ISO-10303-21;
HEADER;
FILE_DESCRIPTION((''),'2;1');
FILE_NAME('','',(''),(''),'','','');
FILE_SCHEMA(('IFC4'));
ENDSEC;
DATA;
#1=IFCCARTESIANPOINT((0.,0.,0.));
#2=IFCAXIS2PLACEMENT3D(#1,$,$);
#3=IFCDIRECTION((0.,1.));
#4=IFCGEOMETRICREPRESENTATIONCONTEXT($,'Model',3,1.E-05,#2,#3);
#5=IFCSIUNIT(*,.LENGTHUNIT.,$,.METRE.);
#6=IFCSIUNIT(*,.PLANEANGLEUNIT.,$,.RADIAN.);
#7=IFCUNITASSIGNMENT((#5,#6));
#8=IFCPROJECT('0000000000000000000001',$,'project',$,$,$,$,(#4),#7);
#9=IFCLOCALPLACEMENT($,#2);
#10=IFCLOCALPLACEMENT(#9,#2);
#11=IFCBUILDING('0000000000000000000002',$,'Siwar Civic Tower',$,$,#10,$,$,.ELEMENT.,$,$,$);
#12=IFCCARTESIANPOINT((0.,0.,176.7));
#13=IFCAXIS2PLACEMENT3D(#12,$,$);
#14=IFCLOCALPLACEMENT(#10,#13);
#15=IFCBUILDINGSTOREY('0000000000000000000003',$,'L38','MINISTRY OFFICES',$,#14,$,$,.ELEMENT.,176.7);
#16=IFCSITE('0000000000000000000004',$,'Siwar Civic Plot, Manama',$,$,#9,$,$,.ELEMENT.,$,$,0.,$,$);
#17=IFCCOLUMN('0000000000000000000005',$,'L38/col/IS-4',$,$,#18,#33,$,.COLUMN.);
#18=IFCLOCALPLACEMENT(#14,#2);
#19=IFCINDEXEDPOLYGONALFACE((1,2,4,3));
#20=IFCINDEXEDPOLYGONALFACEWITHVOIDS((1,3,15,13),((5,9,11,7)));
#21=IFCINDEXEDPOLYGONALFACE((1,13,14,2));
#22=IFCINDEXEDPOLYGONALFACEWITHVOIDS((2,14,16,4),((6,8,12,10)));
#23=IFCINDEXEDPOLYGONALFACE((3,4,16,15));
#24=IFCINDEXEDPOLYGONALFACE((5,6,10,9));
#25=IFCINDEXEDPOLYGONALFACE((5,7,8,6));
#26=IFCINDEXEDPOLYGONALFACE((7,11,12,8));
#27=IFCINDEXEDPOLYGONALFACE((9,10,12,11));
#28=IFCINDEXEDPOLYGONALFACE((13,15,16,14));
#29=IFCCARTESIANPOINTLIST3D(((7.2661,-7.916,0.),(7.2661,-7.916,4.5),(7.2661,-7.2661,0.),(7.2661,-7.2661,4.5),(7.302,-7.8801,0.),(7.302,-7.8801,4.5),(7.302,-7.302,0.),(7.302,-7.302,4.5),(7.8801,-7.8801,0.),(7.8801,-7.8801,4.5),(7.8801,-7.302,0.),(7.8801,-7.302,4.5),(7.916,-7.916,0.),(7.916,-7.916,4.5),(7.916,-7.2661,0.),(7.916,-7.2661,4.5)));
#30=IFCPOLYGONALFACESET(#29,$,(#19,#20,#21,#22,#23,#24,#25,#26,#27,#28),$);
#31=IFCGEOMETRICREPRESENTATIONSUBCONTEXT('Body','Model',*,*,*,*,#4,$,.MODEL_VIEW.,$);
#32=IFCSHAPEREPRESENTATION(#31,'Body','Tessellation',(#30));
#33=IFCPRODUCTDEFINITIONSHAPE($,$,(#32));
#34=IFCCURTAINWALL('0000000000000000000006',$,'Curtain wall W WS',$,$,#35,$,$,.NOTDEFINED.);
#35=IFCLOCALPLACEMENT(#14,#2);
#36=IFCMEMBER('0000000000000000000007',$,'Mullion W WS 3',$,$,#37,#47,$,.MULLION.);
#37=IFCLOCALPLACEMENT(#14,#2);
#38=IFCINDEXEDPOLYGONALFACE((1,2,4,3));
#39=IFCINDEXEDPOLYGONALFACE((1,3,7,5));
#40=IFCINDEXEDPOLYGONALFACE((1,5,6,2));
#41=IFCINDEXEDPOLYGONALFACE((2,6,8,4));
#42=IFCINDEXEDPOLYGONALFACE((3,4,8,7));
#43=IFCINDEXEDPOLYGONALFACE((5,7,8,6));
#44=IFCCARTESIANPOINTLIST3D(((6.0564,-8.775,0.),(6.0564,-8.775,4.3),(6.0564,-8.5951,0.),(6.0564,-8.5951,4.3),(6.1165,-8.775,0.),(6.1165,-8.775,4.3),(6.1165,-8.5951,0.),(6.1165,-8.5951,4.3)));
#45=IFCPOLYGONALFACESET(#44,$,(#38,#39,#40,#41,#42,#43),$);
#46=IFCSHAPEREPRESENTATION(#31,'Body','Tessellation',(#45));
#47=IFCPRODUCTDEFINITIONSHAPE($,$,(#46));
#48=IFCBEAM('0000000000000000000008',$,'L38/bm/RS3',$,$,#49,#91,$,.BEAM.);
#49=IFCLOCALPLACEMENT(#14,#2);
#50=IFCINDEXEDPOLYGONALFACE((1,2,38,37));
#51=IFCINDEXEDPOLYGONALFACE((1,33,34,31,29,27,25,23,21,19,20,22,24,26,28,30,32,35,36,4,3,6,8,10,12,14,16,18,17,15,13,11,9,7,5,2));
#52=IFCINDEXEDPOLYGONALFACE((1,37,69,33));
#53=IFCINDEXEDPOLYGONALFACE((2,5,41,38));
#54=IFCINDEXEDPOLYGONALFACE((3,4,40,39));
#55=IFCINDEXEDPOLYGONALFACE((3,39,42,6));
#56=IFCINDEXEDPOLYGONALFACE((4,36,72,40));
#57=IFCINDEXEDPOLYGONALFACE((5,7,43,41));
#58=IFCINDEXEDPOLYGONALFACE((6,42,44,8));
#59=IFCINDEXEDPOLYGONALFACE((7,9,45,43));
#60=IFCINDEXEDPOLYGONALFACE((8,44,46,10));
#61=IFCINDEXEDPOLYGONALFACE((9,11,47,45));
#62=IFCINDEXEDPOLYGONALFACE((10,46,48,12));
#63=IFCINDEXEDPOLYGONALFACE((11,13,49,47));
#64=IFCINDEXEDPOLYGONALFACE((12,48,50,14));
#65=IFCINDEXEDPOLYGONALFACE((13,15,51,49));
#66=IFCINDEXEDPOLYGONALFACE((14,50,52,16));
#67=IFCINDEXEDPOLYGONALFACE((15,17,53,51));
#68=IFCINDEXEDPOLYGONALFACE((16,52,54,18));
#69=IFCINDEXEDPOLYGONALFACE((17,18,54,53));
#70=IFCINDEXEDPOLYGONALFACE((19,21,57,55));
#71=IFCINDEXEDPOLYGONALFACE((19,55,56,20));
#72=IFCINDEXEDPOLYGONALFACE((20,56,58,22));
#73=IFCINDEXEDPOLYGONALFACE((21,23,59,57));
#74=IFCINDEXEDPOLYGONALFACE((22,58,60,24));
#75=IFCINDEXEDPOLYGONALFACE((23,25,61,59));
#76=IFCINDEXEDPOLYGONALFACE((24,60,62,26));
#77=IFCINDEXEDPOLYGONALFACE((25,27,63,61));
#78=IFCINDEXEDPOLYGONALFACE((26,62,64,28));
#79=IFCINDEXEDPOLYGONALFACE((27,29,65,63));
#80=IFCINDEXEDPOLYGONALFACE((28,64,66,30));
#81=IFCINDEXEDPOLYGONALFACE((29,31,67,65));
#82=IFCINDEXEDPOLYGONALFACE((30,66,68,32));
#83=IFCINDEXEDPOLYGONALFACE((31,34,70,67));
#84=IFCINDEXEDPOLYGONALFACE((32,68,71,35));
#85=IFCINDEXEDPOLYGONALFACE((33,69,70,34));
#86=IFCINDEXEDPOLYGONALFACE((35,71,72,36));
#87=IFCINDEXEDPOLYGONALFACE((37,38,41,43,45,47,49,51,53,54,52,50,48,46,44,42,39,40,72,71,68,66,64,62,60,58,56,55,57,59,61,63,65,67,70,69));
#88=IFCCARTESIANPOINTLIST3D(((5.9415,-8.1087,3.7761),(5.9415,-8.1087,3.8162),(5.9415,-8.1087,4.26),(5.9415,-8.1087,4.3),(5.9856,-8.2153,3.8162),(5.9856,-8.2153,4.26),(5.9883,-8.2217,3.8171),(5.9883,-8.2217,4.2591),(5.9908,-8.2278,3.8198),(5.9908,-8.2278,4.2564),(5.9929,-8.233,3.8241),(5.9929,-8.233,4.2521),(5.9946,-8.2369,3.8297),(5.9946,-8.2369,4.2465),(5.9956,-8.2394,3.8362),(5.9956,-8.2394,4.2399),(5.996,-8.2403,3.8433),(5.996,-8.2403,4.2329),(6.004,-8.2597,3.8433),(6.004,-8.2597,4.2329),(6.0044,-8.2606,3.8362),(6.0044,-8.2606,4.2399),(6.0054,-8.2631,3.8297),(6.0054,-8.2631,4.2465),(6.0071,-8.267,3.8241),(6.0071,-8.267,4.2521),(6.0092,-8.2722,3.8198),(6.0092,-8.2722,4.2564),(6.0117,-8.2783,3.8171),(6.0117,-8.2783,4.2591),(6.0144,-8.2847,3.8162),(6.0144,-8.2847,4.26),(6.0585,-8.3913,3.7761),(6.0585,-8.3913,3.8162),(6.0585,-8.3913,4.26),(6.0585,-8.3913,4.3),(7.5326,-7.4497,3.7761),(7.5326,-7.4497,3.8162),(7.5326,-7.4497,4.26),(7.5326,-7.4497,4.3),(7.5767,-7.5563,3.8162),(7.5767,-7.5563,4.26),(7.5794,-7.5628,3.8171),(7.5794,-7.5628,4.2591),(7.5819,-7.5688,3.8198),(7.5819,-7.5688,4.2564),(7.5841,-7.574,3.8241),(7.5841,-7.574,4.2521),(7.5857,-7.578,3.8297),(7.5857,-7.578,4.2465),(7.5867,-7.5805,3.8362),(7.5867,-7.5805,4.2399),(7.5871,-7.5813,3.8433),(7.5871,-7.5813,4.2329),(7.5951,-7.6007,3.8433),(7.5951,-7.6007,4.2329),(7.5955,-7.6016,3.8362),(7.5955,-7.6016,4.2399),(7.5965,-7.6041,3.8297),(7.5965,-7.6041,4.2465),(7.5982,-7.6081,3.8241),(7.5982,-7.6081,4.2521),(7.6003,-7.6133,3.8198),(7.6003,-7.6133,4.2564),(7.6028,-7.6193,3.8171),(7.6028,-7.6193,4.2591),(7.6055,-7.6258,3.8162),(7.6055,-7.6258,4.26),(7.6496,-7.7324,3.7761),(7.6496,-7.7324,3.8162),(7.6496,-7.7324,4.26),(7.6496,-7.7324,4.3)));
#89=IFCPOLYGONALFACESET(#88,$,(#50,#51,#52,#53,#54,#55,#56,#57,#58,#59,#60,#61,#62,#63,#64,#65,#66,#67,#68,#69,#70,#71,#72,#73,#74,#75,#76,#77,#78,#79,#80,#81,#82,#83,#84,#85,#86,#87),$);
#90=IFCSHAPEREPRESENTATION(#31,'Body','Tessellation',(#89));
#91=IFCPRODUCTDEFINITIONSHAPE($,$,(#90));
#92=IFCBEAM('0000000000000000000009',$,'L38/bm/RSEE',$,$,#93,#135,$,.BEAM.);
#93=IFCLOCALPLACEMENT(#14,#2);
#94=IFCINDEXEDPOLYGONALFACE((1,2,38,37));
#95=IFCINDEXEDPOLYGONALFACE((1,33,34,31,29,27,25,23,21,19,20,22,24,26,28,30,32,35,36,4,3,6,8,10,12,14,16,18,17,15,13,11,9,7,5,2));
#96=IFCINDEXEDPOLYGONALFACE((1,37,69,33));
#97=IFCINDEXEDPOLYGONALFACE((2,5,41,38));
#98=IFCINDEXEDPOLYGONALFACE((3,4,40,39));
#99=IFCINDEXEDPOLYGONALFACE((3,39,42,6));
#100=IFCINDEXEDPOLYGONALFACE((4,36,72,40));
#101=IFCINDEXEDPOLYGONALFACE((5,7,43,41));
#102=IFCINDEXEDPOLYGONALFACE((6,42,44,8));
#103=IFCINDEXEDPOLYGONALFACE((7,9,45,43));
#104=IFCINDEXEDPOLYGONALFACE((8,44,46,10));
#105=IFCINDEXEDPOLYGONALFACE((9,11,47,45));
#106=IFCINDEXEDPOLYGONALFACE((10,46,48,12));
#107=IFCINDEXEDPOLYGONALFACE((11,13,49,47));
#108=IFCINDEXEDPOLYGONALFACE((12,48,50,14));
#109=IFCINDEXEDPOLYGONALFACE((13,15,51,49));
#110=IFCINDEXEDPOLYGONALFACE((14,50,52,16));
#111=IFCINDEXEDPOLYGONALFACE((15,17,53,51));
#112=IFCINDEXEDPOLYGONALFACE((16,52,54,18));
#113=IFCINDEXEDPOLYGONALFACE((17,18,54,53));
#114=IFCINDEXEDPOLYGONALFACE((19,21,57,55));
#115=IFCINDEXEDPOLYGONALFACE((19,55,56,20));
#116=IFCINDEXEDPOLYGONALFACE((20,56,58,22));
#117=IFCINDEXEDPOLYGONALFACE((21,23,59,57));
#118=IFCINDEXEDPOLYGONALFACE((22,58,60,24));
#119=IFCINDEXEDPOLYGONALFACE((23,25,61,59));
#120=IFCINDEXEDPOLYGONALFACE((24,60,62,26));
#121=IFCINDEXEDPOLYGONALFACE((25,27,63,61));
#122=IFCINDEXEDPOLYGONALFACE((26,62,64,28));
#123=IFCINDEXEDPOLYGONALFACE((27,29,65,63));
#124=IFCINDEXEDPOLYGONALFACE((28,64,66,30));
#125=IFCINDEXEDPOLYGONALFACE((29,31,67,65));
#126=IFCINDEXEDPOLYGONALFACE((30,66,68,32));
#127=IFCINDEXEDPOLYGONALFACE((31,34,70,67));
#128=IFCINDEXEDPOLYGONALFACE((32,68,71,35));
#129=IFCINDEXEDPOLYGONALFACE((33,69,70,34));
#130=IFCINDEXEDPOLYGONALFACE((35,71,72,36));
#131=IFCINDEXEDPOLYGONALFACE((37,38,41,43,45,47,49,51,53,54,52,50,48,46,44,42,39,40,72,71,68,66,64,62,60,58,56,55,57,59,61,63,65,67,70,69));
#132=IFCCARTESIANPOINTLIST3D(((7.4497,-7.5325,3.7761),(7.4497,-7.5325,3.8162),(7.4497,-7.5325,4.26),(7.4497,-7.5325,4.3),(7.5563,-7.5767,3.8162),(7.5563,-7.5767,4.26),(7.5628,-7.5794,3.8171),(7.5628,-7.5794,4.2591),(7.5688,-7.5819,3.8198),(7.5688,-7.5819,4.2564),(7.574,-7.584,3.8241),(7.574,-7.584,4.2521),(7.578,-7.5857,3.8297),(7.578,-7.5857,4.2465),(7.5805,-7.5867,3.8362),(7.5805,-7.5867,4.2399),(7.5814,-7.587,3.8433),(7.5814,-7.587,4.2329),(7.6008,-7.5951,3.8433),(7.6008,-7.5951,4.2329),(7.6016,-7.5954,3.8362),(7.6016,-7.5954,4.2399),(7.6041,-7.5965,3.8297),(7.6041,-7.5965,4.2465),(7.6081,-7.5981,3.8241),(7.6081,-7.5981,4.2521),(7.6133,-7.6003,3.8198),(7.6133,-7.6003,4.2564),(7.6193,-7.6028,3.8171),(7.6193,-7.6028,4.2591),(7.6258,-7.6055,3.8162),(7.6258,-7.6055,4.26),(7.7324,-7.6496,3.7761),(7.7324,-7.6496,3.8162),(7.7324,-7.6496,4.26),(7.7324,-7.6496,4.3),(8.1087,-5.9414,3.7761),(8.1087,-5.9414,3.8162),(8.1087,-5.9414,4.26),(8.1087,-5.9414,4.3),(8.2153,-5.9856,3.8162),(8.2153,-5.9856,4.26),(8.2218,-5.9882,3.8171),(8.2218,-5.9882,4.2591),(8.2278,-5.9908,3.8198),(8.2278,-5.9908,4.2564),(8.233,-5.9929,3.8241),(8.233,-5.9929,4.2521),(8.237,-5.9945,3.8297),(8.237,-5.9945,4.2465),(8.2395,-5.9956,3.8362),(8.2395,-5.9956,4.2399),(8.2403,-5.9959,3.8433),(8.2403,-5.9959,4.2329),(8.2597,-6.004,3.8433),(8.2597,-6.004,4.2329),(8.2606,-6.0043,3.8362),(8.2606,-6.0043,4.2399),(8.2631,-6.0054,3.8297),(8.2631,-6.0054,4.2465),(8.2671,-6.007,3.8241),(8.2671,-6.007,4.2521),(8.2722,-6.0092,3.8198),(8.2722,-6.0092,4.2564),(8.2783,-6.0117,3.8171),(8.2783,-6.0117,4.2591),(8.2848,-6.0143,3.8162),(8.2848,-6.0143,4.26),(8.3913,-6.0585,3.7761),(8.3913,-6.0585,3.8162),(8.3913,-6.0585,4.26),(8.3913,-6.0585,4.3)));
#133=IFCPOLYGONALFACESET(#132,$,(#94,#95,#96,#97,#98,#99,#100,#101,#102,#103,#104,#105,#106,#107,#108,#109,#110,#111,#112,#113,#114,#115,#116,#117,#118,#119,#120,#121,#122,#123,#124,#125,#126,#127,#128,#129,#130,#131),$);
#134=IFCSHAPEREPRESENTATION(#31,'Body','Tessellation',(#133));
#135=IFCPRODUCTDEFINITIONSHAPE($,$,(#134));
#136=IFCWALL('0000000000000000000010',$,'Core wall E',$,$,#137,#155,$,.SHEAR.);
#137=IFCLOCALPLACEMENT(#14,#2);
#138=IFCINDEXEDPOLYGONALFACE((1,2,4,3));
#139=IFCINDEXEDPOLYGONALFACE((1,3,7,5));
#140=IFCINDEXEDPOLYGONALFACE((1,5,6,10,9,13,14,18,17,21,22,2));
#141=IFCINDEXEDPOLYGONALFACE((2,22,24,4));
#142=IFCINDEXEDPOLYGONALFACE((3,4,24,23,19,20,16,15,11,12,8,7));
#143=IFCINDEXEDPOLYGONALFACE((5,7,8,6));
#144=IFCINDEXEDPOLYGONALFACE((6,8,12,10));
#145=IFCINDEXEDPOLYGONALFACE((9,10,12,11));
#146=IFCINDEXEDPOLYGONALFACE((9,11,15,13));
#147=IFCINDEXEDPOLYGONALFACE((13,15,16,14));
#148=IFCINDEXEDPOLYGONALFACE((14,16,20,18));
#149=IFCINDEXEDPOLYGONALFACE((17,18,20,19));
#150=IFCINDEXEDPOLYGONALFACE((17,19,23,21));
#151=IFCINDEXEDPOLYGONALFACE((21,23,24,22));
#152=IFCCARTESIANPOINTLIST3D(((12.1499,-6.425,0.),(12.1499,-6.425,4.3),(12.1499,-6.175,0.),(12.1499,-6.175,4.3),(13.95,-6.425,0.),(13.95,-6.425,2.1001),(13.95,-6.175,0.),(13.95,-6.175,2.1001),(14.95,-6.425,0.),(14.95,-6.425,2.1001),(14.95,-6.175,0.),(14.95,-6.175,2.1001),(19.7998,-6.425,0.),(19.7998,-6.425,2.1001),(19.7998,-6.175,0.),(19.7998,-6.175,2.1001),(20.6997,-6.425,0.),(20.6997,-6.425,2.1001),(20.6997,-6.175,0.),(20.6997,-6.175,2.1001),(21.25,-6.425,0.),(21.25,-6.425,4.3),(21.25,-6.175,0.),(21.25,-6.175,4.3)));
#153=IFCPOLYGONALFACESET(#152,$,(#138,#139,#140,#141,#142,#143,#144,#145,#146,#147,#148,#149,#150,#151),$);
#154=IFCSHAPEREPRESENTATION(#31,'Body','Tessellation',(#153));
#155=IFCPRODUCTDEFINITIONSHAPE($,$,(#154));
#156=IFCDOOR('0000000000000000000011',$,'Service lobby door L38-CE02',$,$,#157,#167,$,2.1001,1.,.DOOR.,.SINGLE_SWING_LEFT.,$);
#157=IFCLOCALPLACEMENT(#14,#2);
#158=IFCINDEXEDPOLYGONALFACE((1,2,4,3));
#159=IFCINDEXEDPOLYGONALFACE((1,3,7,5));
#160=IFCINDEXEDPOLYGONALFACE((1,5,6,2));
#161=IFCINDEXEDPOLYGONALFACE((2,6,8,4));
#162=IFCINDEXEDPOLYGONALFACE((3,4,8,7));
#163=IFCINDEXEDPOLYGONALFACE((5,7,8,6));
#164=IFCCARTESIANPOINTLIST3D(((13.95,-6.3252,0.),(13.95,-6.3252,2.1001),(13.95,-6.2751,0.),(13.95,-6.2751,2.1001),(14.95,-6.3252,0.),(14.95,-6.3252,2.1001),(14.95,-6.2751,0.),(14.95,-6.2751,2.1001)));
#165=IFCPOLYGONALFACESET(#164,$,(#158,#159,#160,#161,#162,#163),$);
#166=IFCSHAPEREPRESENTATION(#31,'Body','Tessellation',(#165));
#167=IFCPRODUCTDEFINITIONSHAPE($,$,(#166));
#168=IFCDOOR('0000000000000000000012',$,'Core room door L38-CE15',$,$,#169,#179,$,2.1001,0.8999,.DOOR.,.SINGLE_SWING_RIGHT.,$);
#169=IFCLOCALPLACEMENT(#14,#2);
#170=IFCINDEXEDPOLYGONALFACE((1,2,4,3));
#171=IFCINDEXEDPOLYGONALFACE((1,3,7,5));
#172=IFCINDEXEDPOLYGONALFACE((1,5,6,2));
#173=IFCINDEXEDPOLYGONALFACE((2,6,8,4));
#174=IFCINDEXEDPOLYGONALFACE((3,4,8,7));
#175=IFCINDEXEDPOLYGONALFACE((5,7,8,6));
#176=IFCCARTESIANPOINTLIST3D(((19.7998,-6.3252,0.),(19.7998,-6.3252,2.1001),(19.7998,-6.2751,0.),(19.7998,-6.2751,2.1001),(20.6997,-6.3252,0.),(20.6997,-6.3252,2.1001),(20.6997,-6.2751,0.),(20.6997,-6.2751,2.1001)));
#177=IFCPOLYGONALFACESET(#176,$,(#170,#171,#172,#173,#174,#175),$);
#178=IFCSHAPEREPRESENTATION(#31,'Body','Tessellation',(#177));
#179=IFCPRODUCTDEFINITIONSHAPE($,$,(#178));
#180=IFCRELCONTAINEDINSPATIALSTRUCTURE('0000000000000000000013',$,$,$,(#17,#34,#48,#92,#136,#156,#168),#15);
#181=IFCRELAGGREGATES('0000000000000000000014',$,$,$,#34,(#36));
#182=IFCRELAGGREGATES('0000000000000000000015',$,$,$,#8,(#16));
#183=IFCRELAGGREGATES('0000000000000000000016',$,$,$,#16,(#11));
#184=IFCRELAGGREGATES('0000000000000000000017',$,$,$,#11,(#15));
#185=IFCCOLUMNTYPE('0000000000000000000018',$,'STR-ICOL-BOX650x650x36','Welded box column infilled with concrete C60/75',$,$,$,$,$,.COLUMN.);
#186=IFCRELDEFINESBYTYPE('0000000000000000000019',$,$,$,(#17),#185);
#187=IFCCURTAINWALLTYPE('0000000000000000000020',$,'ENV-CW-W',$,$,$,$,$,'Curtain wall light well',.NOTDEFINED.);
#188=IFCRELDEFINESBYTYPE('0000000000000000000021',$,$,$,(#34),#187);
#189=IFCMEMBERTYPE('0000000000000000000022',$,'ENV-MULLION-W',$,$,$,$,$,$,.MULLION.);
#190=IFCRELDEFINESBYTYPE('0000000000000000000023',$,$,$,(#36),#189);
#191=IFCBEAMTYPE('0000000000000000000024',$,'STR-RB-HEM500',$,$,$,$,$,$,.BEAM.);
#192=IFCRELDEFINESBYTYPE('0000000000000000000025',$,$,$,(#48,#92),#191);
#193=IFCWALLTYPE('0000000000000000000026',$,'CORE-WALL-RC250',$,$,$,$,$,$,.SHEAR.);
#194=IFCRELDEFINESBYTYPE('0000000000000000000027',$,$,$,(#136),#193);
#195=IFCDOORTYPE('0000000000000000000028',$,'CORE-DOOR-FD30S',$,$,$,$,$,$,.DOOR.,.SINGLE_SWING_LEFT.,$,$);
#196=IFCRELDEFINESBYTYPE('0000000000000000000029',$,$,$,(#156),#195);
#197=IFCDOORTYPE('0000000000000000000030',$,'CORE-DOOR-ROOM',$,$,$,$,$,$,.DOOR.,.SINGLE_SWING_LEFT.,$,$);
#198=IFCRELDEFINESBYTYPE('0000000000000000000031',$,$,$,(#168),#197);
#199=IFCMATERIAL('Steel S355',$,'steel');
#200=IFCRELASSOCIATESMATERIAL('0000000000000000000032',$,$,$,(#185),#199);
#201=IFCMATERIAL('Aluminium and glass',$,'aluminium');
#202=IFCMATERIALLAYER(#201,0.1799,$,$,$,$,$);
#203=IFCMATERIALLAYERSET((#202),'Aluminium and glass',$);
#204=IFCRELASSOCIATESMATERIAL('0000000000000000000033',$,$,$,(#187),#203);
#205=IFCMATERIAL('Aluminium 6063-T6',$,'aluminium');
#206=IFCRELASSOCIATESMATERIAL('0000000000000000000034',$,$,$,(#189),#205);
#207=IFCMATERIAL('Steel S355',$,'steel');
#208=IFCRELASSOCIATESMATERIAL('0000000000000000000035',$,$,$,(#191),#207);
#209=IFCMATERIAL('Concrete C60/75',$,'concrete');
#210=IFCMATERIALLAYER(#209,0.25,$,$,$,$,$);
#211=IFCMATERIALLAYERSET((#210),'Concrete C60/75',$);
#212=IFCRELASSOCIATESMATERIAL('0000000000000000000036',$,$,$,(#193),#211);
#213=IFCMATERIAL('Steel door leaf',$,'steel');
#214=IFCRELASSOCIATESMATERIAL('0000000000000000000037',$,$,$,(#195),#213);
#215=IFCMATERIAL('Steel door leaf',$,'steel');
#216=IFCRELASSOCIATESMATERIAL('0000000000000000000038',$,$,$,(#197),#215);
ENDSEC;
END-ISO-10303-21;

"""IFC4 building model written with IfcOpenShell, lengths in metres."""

from ifc_helpers import new_model, si_unit, direction, frame, frame_2d, origin, origin_2d, place, context, subcontext, project, spatial, rectangle, hollow_rectangle, i_section, extrude, material, layer, layer_set, material_profile, profile_set, type_object, element, fill, aggregate, save


model = new_model("IFC4")

# Units and contexts
model_context = context("Model", 3, precision=1e-05, world=origin(), true_north=direction((0.0, 1.0)))
body_context = subcontext(model_context, "Body", "Model", "MODEL_VIEW")
ifc_project = project(units=[si_unit("LENGTHUNIT", "METRE"), si_unit("PLANEANGLEUNIT", "RADIAN")], contexts=[model_context])

# Site, building, storey
site_placement = place(None, origin())
site = spatial("IfcSite", under=ifc_project, at=site_placement, Name="Siwar Civic Plot, Manama", CompositionType="ELEMENT", RefElevation=0.0)
building_placement = place(site_placement, origin())
building = spatial("IfcBuilding", under=site, at=building_placement, Name="Siwar Civic Tower", CompositionType="ELEMENT")
storey_placement = place(building_placement, frame((0.0, 0.0, 176.7)))
storey = spatial("IfcBuildingStorey", under=building, at=storey_placement, Name="L38", Description="MINISTRY OFFICES", CompositionType="ELEMENT", Elevation=176.7)

# Column
ifc_material_1 = material(Name="Steel S355", Category="steel")
ifc_material_profile_1 = material_profile(ifc_material_1, hollow_rectangle(XDim=0.6499, YDim=0.6499, WallThickness=0.0359, at=origin_2d()), Name="BOX650x650x36")
ifc_profile_set_1 = profile_set([ifc_material_profile_1], Name="Steel S355")
column_type = type_object("IfcColumnType", Name="STR-ICOL-BOX650x650x36", Description="Welded box column infilled with concrete C60/75", PredefinedType="COLUMN", material=ifc_profile_set_1)
column_placement = place(storey_placement, frame((7.5911, -7.5911, 0.0), z_axis=(0.0, 0.0, 1.0), x_axis=(1.0, 0.0, 0.0)))
element("IfcColumn", 1, at=column_placement, inside=storey, type_object=column_type, Name="L38/col/IS-4", PredefinedType="COLUMN", context=body_context, shape_type="SweptSolid", body=[
    extrude(hollow_rectangle(XDim=0.6499, YDim=0.6499, WallThickness=0.0359, at=origin_2d()), origin(), (0.0, 0.0, 1.0), 4.5),
])

# Curtain wall, member
ifc_material_2 = material(Name="Aluminium and glass", Category="aluminium")
ifc_layer_1 = layer(ifc_material_2, 0.1799)
ifc_layer_set_1 = layer_set([ifc_layer_1], Name="Aluminium and glass")
curtain_wall_type = type_object("IfcCurtainWallType", Name="ENV-CW-W", ElementType="Curtain wall light well", PredefinedType="NOTDEFINED", material=ifc_layer_set_1)
curtain_wall_placement = place(storey_placement, origin())
curtain_wall = element("IfcCurtainWall", 2, at=curtain_wall_placement, inside=storey, type_object=curtain_wall_type, Name="Curtain wall W WS", PredefinedType="NOTDEFINED")
ifc_material_3 = material(Name="Aluminium 6063-T6", Category="aluminium")
ifc_material_profile_2 = material_profile(ifc_material_3, rectangle(XDim=0.1799, YDim=0.0601, at=origin_2d()), Name="AL 180x60")
ifc_profile_set_2 = profile_set([ifc_material_profile_2], Name="Aluminium 6063-T6")
member_type = type_object("IfcMemberType", Name="ENV-MULLION-W", PredefinedType="MULLION", material=ifc_profile_set_2)
member_placement = place(storey_placement, frame((6.0864, -8.6851, 0.0), z_axis=(0.0, 0.0, 1.0), x_axis=(0.0, 1.0, 0.0)))
member = element("IfcMember", 3, at=member_placement, type_object=member_type, Name="Mullion W WS 3", PredefinedType="MULLION", context=body_context, shape_type="SweptSolid", body=[
    extrude(rectangle(XDim=0.1799, YDim=0.0601, at=origin_2d()), origin(), (0.0, 0.0, 1.0), 4.3),
])
aggregate(curtain_wall, [member])

# Beams
ifc_material_4 = material(Name="Steel S355", Category="steel")
ifc_material_profile_3 = material_profile(ifc_material_4, i_section(OverallWidth=0.3059, OverallDepth=0.5239, WebThickness=0.021, FlangeThickness=0.04, FilletRadius=0.0271, at=origin_2d()), Name="HEM500")
ifc_profile_set_3 = profile_set([ifc_material_profile_3], Name="Steel S355")
beam_type = type_object("IfcBeamType", Name="STR-RB-HEM500", PredefinedType="BEAM", material=ifc_profile_set_3)
for number, where, z_axis, x_axis, name in (
    (4, (6.0, -8.25, 4.0381), (0.923901, 0.382631, 0.0), (-0.382631, 0.923901, 0.0), "L38/bm/RS3"),
    (5, (7.5911, -7.5911, 4.0381), (0.382631, 0.923901, 0.0), (-0.923901, 0.382631, 0.0), "L38/bm/RSEE"),
):
    element("IfcBeam", number, at=place(storey_placement, frame(where, z_axis=z_axis, x_axis=x_axis)), inside=storey, type_object=beam_type, Name=name, PredefinedType="BEAM", context=body_context, shape_type="SweptSolid", body=[
        extrude(i_section(OverallWidth=0.3059, OverallDepth=0.5239, WebThickness=0.021, FlangeThickness=0.04, FilletRadius=0.0271, at=origin_2d()), origin(), (0.0, 0.0, 1.0), 1.7222),
    ])

# Wall, openings, doors
ifc_material_5 = material(Name="Concrete C60/75", Category="concrete")
ifc_layer_2 = layer(ifc_material_5, 0.25)
ifc_layer_set_2 = layer_set([ifc_layer_2], Name="Concrete C60/75")
wall_type_1 = type_object("IfcWallType", Name="CORE-WALL-RC250", PredefinedType="SHEAR", material=ifc_layer_set_2)
wall_1_placement = place(storey_placement, frame((12.1499, -6.3, 0.0), z_axis=(0.0, 0.0, 1.0), x_axis=(1.0, 0.0, 0.0)))
wall_1 = element("IfcWall", 6, at=wall_1_placement, inside=storey, type_object=wall_type_1, Name="Core wall E", PredefinedType="SHEAR", context=body_context, shape_type="SweptSolid", body=[
    extrude(rectangle(XDim=9.1001, YDim=0.25, at=frame_2d((4.55, 0.0))), origin(), (0.0, 0.0, 1.0), 4.3),
])
opening_1_placement = place(wall_1_placement, frame((1.8, 0.0, 0.0)))
opening_1 = element("IfcOpeningElement", 7, at=opening_1_placement, cuts=wall_1, PredefinedType="OPENING", context=body_context, shape_type="SweptSolid", body=[
    extrude(rectangle(XDim=1.0, YDim=2.1001, at=frame_2d((0.5, 1.05))), frame((0.0, 0.135, 0.0), z_axis=(0.0, -1.0, 0.0), x_axis=(1.0, 0.0, 0.0)), (0.0, 0.0, 1.0), 0.27),
])
opening_2_placement = place(wall_1_placement, frame((7.6499, 0.0, 0.0)))
opening_2 = element("IfcOpeningElement", 8, at=opening_2_placement, cuts=wall_1, PredefinedType="OPENING", context=body_context, shape_type="SweptSolid", body=[
    extrude(rectangle(XDim=0.8999, YDim=2.1001, at=frame_2d((0.45, 1.05))), frame((0.0, 0.135, 0.0), z_axis=(0.0, -1.0, 0.0), x_axis=(1.0, 0.0, 0.0)), (0.0, 0.0, 1.0), 0.27),
])
ifc_material_6 = material(Name="Steel door leaf", Category="steel")
door_type_1 = type_object("IfcDoorType", Name="CORE-DOOR-FD30S", OperationType="SINGLE_SWING_LEFT", PredefinedType="DOOR", material=ifc_material_6)
door_1_placement = place(opening_1_placement, origin())
door_1 = element("IfcDoor", 9, at=door_1_placement, inside=storey, type_object=door_type_1, Name="Service lobby door L38-CE02", OperationType="SINGLE_SWING_LEFT", OverallHeight=2.1001, OverallWidth=1.0, PredefinedType="DOOR", context=body_context, shape_type="SweptSolid", body=[
    extrude(rectangle(XDim=1.0, YDim=2.1001, at=frame_2d((0.5, 1.05))), frame((0.0, 0.0249, 0.0), z_axis=(0.0, -1.0, 0.0), x_axis=(1.0, 0.0, 0.0)), (0.0, 0.0, 1.0), 0.05),
])
fill(opening_1, door_1)
ifc_material_7 = material(Name="Steel door leaf", Category="steel")
door_type_2 = type_object("IfcDoorType", Name="CORE-DOOR-ROOM", OperationType="SINGLE_SWING_LEFT", PredefinedType="DOOR", material=ifc_material_7)
door_2_placement = place(opening_2_placement, origin())
door_2 = element("IfcDoor", 10, at=door_2_placement, inside=storey, type_object=door_type_2, Name="Core room door L38-CE15", OperationType="SINGLE_SWING_RIGHT", OverallHeight=2.1001, OverallWidth=0.8999, PredefinedType="DOOR", context=body_context, shape_type="SweptSolid", body=[
    extrude(rectangle(XDim=0.8999, YDim=2.1001, at=frame_2d((0.45, 1.05))), frame((0.0, 0.0249, 0.0), z_axis=(0.0, -1.0, 0.0), x_axis=(1.0, 0.0, 0.0)), (0.0, 0.0, 1.0), 0.05),
])
fill(opening_2, door_2)

save(model, "model.ifc")
